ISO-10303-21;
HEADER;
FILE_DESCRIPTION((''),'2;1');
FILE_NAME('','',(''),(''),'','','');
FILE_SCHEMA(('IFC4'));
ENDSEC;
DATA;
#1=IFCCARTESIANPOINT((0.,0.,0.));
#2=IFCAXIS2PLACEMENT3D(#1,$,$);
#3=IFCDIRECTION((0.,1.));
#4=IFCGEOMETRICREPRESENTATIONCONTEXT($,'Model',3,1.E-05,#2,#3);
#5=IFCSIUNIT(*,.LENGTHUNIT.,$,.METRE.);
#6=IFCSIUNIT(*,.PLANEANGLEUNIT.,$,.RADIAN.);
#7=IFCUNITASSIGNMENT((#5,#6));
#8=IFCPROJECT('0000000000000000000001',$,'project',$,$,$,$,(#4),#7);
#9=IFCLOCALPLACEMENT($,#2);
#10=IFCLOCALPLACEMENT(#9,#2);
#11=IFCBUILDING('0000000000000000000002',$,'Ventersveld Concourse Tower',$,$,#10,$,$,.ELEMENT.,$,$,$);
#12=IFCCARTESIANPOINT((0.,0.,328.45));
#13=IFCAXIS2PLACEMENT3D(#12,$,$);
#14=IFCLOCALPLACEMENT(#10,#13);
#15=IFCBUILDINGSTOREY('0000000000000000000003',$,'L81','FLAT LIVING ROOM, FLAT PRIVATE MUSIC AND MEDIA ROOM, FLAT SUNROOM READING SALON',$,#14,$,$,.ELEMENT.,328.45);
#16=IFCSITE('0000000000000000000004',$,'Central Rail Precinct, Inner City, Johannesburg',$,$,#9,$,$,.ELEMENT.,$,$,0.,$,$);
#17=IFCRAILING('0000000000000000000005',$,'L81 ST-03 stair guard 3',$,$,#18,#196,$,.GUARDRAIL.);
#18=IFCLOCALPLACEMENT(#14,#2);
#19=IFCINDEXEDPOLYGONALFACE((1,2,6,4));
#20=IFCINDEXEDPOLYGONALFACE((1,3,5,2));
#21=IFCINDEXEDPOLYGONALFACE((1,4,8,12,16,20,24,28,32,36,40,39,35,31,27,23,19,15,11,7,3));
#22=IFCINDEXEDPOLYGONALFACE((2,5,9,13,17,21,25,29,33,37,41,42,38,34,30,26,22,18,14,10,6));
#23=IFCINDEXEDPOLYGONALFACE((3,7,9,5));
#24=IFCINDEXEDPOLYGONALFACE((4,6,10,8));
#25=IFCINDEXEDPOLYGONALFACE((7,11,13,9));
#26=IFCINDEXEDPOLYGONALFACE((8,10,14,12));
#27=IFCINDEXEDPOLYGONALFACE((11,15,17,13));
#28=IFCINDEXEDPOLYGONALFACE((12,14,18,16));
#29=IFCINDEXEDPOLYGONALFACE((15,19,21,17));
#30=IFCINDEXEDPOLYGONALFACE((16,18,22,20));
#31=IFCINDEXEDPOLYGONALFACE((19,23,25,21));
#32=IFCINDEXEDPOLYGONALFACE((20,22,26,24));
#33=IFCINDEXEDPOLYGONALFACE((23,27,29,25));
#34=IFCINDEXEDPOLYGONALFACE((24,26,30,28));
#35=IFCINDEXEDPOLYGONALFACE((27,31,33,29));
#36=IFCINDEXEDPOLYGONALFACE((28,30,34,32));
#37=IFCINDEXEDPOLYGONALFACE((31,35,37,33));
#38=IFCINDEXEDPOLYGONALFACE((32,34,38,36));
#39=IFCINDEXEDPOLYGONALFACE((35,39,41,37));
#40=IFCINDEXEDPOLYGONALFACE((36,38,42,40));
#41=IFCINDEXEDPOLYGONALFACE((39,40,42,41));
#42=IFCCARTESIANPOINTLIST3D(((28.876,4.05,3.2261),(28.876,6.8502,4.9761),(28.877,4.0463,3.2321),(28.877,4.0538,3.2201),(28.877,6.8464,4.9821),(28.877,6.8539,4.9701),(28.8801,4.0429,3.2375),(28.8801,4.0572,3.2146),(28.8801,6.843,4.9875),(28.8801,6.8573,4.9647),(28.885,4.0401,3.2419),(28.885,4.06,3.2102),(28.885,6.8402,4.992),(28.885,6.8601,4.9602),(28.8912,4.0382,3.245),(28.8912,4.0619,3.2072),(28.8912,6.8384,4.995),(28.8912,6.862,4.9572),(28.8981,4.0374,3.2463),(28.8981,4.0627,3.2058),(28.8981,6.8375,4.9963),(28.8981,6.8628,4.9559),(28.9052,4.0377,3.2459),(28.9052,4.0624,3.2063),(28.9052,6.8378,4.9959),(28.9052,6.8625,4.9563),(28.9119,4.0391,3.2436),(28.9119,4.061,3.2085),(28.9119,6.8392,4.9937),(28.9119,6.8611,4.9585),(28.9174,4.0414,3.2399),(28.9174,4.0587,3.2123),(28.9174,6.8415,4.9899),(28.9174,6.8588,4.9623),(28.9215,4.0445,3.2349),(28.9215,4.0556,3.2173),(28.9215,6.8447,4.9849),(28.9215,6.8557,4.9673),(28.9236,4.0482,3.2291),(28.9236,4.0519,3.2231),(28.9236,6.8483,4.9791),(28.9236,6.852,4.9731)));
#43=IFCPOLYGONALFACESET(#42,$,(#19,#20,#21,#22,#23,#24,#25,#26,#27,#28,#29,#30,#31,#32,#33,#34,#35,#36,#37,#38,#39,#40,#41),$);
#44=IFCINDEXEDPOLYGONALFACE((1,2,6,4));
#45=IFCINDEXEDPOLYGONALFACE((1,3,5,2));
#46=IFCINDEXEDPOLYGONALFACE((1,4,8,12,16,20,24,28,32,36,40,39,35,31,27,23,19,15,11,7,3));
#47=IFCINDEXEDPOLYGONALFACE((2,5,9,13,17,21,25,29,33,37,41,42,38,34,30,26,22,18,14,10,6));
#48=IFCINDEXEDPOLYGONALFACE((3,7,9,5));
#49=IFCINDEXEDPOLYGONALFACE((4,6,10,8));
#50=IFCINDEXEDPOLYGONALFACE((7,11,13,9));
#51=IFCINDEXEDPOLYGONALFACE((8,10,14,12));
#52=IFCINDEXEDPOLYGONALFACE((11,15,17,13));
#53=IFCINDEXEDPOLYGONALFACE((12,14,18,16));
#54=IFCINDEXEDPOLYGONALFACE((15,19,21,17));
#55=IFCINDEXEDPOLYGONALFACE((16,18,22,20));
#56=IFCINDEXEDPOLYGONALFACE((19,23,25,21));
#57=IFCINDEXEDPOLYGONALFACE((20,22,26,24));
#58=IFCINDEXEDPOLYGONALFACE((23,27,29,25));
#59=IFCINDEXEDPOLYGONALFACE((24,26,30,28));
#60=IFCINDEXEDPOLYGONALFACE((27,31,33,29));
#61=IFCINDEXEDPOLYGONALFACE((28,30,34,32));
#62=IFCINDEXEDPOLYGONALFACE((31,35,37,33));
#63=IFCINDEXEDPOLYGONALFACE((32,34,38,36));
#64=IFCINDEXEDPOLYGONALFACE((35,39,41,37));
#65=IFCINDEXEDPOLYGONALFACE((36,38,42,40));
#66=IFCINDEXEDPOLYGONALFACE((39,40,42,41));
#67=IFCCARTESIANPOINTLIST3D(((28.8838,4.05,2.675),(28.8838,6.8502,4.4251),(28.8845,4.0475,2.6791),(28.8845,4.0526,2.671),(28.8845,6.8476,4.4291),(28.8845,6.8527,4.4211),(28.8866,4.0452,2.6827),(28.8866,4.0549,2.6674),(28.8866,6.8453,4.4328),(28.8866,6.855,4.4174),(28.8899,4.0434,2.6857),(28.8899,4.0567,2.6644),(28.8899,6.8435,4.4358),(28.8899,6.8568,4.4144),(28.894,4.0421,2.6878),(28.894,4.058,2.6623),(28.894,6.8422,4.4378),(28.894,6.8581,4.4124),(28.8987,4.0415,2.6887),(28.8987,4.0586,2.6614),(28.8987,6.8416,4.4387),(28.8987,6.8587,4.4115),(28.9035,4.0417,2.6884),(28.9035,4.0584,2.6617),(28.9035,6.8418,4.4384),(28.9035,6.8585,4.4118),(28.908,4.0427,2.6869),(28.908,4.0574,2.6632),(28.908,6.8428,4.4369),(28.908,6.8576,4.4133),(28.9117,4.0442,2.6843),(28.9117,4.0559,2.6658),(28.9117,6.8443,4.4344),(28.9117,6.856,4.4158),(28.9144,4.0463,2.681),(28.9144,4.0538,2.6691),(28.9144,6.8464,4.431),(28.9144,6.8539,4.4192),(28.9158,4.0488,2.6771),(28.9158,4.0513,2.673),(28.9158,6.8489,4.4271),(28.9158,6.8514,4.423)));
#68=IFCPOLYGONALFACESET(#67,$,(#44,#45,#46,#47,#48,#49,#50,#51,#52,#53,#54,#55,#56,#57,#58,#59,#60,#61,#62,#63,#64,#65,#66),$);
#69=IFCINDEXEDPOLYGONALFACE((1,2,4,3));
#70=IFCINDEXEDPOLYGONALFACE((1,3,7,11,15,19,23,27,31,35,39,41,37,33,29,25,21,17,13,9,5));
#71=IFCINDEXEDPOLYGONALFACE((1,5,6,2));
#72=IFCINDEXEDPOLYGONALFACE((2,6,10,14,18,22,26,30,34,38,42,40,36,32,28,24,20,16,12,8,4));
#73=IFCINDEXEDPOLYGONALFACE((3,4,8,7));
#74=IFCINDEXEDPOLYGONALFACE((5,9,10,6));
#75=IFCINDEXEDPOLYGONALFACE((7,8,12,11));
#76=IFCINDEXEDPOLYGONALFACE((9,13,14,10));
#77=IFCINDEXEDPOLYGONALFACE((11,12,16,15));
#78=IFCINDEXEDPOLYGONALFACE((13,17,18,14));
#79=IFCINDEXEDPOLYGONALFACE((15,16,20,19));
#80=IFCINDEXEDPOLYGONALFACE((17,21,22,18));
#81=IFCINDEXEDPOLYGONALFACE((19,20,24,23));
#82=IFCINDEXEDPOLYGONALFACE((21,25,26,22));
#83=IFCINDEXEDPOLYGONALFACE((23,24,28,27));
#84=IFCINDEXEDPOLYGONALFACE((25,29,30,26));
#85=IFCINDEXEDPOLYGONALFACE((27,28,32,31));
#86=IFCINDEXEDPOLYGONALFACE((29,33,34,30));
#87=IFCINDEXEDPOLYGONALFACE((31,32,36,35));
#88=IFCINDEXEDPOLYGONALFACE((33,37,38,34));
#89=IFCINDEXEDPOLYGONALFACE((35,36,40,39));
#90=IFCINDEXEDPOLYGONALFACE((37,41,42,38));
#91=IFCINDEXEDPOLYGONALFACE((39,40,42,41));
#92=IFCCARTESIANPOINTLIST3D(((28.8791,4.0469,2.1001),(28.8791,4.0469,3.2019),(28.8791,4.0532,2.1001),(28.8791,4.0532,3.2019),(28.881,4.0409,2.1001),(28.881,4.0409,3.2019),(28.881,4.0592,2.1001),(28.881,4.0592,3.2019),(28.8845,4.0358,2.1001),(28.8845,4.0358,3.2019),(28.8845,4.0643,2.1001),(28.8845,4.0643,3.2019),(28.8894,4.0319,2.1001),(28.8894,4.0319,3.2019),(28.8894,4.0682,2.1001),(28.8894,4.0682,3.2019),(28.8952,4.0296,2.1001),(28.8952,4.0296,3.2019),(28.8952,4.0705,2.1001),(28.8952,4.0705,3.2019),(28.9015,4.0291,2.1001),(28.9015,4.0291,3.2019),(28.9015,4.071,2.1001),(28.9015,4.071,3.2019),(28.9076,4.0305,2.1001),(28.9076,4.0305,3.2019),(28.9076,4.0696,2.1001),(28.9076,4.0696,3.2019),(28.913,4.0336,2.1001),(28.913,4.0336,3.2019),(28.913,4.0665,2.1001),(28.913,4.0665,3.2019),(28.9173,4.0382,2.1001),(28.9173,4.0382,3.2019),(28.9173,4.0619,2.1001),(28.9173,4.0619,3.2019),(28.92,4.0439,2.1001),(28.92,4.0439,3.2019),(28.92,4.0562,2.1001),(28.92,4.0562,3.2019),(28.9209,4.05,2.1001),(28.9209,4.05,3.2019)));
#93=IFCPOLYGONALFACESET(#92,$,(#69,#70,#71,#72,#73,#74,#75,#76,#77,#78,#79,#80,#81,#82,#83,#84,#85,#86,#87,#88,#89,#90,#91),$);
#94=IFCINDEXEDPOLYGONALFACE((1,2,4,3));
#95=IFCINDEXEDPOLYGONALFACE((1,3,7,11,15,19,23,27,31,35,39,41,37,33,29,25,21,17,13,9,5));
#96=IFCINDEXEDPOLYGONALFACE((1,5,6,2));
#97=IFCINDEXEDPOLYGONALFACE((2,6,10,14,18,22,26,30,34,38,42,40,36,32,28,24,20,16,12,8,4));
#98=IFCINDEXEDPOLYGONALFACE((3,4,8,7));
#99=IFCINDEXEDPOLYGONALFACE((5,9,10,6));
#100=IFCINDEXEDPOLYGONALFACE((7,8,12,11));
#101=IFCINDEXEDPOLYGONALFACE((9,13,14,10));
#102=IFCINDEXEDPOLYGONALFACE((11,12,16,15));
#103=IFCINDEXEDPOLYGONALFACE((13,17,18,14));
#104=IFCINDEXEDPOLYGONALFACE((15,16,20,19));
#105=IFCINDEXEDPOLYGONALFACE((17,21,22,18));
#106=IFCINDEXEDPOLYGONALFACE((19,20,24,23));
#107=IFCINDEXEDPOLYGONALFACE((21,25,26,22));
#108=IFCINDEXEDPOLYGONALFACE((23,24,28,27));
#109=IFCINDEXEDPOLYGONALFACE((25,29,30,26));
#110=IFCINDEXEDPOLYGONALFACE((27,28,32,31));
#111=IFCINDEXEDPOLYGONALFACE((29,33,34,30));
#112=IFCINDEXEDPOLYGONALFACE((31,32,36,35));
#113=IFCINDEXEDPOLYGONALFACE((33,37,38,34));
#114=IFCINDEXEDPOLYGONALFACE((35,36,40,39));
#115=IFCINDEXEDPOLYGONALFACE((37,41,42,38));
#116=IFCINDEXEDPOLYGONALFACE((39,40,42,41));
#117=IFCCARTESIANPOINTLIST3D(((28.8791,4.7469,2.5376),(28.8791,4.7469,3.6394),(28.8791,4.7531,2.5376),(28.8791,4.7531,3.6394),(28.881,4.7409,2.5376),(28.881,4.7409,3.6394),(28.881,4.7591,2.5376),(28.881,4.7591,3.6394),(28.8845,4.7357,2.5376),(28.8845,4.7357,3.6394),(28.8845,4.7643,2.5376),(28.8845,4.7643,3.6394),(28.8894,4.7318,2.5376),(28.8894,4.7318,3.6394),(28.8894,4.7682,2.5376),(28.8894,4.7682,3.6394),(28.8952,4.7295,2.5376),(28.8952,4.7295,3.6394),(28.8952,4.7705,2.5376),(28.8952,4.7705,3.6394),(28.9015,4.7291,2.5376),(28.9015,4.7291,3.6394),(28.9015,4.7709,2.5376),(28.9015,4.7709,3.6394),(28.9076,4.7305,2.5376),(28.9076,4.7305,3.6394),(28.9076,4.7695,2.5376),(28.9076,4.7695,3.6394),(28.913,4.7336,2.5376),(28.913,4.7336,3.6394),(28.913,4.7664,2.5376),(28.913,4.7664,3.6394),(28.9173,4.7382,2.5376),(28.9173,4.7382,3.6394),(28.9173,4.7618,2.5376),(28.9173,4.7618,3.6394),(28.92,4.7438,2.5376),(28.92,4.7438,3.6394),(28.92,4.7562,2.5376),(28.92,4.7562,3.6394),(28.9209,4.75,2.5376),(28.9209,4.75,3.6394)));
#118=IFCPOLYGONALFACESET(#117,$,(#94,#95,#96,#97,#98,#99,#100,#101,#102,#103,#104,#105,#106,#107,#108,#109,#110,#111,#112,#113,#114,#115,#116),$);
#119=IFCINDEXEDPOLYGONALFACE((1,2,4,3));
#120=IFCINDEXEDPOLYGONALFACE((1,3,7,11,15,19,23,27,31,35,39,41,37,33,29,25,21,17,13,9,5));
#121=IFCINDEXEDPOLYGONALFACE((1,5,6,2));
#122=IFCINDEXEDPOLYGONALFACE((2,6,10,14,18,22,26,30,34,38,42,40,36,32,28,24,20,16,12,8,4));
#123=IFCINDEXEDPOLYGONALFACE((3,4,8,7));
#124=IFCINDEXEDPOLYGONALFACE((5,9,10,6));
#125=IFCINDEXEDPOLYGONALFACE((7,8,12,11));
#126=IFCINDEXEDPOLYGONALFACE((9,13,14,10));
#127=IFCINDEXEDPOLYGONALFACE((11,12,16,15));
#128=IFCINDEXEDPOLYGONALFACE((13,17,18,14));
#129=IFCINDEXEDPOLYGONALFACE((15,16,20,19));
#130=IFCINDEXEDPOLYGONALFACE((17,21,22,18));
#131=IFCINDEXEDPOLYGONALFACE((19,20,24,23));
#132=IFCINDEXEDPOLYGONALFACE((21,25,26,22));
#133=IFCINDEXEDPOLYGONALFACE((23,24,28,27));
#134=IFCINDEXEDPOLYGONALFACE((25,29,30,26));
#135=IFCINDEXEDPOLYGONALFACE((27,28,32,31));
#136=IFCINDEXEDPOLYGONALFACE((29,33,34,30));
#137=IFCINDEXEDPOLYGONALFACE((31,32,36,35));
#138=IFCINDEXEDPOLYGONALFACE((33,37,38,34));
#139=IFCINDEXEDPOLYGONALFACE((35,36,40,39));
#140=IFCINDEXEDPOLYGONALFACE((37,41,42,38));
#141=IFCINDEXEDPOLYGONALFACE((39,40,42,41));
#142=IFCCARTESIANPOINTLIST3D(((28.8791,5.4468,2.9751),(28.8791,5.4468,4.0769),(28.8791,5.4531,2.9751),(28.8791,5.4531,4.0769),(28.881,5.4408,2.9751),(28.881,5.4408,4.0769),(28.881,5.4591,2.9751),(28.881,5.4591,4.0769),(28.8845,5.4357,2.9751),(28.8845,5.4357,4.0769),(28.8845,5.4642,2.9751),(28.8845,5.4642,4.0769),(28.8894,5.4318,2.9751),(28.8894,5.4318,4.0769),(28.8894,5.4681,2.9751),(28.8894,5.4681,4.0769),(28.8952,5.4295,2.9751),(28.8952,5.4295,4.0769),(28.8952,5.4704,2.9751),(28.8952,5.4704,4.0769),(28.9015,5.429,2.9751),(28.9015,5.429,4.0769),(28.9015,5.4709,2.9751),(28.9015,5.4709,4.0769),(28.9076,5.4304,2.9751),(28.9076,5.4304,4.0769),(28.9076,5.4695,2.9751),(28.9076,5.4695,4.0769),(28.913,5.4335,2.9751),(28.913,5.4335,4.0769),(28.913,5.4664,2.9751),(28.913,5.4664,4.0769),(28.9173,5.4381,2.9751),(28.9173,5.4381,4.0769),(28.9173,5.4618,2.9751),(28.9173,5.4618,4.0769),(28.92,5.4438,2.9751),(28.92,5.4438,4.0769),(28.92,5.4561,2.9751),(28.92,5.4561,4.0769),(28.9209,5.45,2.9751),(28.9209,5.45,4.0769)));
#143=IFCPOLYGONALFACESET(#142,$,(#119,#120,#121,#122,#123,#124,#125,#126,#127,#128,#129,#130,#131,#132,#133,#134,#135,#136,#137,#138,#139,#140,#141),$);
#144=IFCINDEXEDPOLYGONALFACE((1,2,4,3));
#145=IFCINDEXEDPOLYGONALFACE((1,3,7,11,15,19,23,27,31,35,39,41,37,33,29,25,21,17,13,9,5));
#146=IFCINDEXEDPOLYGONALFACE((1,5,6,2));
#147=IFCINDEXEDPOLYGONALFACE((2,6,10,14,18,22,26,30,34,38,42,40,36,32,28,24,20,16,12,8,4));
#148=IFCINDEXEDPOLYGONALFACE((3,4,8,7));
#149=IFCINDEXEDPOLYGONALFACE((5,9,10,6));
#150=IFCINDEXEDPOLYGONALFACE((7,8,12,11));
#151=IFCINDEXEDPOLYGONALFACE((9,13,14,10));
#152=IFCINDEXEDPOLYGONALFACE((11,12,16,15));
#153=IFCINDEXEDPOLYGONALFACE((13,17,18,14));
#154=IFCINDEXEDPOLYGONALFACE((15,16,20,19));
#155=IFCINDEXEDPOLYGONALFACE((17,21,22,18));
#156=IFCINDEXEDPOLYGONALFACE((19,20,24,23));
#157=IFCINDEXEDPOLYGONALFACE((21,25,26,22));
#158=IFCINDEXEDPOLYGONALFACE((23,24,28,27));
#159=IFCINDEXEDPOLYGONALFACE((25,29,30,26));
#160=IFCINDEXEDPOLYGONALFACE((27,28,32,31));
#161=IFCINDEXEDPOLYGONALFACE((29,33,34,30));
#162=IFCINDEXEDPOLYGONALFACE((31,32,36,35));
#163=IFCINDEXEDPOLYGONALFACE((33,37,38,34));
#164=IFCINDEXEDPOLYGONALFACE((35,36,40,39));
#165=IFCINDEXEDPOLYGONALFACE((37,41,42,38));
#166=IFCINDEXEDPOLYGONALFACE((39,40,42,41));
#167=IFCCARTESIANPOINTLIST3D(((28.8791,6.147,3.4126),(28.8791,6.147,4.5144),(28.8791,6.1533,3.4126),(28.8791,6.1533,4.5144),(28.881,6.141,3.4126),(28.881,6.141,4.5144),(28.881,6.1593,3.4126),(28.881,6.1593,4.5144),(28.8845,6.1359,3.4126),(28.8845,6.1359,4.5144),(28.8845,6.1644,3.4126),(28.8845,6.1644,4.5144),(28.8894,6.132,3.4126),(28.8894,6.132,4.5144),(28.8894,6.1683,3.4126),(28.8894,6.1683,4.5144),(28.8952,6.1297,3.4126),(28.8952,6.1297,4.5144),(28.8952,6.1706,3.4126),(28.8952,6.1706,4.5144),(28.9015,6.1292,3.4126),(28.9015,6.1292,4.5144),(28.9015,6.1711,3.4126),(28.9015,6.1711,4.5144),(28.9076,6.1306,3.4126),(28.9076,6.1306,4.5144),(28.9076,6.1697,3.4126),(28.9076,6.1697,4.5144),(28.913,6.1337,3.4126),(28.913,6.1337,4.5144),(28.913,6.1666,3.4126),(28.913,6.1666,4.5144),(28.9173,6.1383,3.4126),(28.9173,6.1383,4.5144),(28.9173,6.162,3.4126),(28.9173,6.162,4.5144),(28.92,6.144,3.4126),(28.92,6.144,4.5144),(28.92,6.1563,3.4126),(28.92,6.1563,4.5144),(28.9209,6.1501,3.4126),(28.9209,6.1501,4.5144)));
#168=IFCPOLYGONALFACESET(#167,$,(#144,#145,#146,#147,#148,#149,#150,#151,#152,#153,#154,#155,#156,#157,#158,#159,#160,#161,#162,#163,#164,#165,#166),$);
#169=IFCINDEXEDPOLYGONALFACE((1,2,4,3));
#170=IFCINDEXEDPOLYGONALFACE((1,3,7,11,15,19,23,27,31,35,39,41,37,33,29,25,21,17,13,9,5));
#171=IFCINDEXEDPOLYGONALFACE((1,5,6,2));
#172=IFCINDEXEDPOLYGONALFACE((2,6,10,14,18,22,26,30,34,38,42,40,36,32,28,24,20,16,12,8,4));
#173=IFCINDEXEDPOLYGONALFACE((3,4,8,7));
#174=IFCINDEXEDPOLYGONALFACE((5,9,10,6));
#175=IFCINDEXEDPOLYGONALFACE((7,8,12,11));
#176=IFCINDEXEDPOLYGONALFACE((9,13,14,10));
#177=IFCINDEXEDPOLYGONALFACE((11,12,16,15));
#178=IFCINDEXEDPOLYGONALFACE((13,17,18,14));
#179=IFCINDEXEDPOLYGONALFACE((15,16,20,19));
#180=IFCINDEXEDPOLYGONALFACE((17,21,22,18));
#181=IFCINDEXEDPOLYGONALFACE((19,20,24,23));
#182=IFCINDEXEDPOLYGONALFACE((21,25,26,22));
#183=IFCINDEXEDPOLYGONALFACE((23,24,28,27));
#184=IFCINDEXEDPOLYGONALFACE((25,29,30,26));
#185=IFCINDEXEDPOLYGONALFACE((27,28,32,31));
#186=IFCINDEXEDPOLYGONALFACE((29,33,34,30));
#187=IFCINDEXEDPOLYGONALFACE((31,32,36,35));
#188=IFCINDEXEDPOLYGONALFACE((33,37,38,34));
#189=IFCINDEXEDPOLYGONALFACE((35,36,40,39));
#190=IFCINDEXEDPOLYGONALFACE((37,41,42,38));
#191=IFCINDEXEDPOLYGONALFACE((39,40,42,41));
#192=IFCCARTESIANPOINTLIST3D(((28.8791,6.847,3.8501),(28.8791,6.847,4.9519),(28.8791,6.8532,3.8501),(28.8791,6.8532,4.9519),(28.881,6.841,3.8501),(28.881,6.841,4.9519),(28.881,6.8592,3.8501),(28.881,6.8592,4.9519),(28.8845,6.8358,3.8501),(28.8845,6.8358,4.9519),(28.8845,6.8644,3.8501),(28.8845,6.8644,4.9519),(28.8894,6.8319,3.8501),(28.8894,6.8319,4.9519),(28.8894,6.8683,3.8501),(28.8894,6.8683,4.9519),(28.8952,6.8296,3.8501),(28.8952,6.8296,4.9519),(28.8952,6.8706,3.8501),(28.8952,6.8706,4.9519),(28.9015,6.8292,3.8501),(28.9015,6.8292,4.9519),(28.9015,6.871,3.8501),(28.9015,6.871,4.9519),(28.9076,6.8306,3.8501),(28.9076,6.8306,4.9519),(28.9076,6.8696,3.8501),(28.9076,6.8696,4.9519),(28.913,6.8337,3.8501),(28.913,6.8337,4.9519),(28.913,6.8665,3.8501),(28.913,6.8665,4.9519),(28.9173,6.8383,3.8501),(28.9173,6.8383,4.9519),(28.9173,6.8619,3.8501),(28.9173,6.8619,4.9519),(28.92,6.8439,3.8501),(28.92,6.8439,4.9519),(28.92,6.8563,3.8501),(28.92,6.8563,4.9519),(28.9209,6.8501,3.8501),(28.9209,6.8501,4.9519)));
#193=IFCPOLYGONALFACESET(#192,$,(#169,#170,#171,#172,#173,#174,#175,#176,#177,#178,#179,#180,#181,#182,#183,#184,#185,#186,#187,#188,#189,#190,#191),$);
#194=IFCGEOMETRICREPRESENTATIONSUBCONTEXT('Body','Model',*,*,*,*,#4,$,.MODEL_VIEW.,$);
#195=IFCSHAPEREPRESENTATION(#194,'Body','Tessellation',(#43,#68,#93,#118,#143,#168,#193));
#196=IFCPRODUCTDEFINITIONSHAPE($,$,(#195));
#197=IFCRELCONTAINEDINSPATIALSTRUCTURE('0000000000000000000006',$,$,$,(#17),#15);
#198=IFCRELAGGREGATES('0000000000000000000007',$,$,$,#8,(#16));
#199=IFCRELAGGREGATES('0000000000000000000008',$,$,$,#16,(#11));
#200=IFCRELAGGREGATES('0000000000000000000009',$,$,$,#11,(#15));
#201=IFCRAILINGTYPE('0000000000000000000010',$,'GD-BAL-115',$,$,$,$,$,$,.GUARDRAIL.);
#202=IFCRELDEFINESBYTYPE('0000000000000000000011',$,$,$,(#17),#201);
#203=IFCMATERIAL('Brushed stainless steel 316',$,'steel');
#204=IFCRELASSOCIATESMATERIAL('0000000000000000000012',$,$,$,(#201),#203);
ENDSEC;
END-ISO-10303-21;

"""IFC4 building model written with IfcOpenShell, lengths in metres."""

from ifc_helpers import new_model, si_unit, direction, frame, origin, origin_2d, place, context, subcontext, project, spatial, circle, extrude, material, type_object, element, save


model = new_model("IFC4")

# Units and contexts
model_context = context("Model", 3, precision=1e-05, world=origin(), true_north=direction((0.0, 1.0)))
body_context = subcontext(model_context, "Body", "Model", "MODEL_VIEW")
ifc_project = project(units=[si_unit("LENGTHUNIT", "METRE"), si_unit("PLANEANGLEUNIT", "RADIAN")], contexts=[model_context])

# Site, building, storey
site_placement = place(None, origin())
site = spatial("IfcSite", under=ifc_project, at=site_placement, Name="Central Rail Precinct, Inner City, Johannesburg", CompositionType="ELEMENT", RefElevation=0.0)
building_placement = place(site_placement, origin())
building = spatial("IfcBuilding", under=site, at=building_placement, Name="Ventersveld Concourse Tower", CompositionType="ELEMENT")
storey_placement = place(building_placement, frame((0.0, 0.0, 328.45)))
storey = spatial("IfcBuildingStorey", under=building, at=storey_placement, Name="L81", Description="FLAT LIVING ROOM, FLAT PRIVATE MUSIC AND MEDIA ROOM, FLAT SUNROOM READING SALON", CompositionType="ELEMENT", Elevation=328.45)

# Shared definitions
ifc_material_1 = material(Name="Brushed stainless steel 316", Category="steel")

# Railing
railing_type_1 = type_object("IfcRailingType", Name="GD-BAL-115", PredefinedType="GUARDRAIL", material=ifc_material_1)
railing_1_placement = place(storey_placement, frame((28.8999, 4.05, 2.1001)))
element("IfcRailing", 1, at=railing_1_placement, inside=storey, type_object=railing_type_1, Name="L81 ST-03 stair guard 3", PredefinedType="GUARDRAIL", context=body_context, shape_type="SweptSolid", body=[
    extrude(circle(Radius=0.0239, at=origin_2d()), frame((0.0, 0.0, 1.126), z_axis=(0.0, 0.848002, 0.529992), x_axis=(-1.0, 0.0, 0.0)), (0.0, 0.0, 1.0), 3.302),
    extrude(circle(Radius=0.0161, at=origin_2d()), frame((0.0, 0.0, 0.575), z_axis=(0.0, 0.848002, 0.529992), x_axis=(-1.0, 0.0, 0.0)), (0.0, 0.0, 1.0), 3.302),
    extrude(circle(Radius=0.021, at=origin_2d()), origin(), (0.0, 0.0, 1.0), 1.1018),
    extrude(circle(Radius=0.021, at=origin_2d()), frame((0.0, 0.7, 0.4375)), (0.0, 0.0, 1.0), 1.1018),
    extrude(circle(Radius=0.021, at=origin_2d()), frame((0.0, 1.3999, 0.875)), (0.0, 0.0, 1.0), 1.1018),
    extrude(circle(Radius=0.021, at=origin_2d()), frame((0.0, 2.1001, 1.3125)), (0.0, 0.0, 1.0), 1.1018),
    extrude(circle(Radius=0.021, at=origin_2d()), frame((0.0, 2.8, 1.75)), (0.0, 0.0, 1.0), 1.1018),
])

save(model, "model.ifc")
